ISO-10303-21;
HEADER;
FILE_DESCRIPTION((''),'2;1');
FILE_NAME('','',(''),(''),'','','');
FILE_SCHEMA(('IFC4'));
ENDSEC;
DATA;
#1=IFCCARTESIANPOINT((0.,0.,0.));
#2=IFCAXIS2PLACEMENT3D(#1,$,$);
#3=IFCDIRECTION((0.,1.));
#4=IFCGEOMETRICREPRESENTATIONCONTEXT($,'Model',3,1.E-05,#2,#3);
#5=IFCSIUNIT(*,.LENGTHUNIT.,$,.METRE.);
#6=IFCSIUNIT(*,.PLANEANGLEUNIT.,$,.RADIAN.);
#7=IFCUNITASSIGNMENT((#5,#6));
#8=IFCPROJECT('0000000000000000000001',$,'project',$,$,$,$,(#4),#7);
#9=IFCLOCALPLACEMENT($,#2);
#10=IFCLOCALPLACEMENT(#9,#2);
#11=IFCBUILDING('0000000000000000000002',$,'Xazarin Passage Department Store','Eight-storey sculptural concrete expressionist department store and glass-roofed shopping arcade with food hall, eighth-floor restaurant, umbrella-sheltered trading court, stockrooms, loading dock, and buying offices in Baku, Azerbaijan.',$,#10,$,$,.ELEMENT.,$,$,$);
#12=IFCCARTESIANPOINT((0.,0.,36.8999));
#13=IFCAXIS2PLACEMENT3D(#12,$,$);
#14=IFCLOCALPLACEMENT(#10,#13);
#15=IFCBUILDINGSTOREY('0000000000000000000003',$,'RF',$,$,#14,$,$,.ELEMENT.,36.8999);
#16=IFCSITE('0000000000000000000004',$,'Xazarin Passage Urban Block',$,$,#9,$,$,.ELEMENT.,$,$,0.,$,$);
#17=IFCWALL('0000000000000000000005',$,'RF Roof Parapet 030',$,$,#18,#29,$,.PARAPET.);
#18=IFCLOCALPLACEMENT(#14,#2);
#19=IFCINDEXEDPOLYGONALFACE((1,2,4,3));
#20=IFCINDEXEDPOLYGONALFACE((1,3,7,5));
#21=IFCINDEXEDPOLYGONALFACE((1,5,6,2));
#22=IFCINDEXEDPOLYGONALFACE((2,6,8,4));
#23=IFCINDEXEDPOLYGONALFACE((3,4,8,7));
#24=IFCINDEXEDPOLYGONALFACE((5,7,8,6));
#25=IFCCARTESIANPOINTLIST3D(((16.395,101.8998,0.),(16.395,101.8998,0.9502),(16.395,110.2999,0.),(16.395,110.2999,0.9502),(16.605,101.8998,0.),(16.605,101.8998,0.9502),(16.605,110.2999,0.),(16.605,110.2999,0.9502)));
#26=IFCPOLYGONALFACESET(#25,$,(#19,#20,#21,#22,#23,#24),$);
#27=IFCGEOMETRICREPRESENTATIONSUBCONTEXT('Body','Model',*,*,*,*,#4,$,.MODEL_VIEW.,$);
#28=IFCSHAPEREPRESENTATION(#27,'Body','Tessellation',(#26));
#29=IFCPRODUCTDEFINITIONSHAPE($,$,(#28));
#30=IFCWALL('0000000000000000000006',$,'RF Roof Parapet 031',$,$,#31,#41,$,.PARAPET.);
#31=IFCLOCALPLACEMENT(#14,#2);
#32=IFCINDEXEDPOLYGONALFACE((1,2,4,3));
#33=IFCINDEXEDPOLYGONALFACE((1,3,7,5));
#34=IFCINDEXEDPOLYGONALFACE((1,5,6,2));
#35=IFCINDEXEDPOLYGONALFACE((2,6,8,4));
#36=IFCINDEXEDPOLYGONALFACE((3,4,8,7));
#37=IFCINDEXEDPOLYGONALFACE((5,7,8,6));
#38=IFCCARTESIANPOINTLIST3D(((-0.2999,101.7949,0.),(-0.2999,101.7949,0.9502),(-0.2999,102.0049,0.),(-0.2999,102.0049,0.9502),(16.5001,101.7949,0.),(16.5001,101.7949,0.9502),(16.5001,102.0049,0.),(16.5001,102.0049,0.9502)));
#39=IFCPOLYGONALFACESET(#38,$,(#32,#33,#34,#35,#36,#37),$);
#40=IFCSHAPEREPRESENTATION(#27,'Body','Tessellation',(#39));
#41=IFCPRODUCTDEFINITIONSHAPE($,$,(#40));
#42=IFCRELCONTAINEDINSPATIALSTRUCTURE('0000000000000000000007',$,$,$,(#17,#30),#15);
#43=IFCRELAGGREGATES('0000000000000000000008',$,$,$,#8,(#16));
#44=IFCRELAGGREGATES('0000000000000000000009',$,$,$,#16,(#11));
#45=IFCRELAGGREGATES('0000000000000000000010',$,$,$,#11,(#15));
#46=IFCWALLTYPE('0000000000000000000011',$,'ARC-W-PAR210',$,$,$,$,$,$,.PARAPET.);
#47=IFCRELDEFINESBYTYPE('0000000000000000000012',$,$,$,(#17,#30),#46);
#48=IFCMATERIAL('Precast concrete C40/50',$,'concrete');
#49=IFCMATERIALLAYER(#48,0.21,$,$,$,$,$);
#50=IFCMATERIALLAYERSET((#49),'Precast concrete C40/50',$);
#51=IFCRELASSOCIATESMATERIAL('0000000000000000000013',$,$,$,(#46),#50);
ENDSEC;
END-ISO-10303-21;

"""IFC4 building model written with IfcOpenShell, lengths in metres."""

from ifc_helpers import new_model, si_unit, direction, frame, frame_2d, origin, place, context, subcontext, project, spatial, rectangle, extrude, material, layer, layer_set, type_object, element, save


model = new_model("IFC4")

# Units and contexts
model_context = context("Model", 3, precision=1e-05, world=origin(), true_north=direction((0.0, 1.0)))
body_context = subcontext(model_context, "Body", "Model", "MODEL_VIEW")
ifc_project = project(units=[si_unit("LENGTHUNIT", "METRE"), si_unit("PLANEANGLEUNIT", "RADIAN")], contexts=[model_context])

# Site, building, storey
site_placement = place(None, origin())
site = spatial("IfcSite", under=ifc_project, at=site_placement, Name="Xazarin Passage Urban Block", CompositionType="ELEMENT", RefElevation=0.0)
building_placement = place(site_placement, origin())
building = spatial("IfcBuilding", under=site, at=building_placement, Name="Xazarin Passage Department Store", Description="Eight-storey sculptural concrete expressionist department store and glass-roofed shopping arcade with food hall, eighth-floor restaurant, umbrella-sheltered trading court, stockrooms, loading dock, and buying offices in Baku, Azerbaijan.", CompositionType="ELEMENT")
storey_placement = place(building_placement, frame((0.0, 0.0, 36.8999)))
storey = spatial("IfcBuildingStorey", under=building, at=storey_placement, Name="RF", CompositionType="ELEMENT", Elevation=36.8999)

# Walls
ifc_material_1 = material(Name="Precast concrete C40/50", Category="concrete")
ifc_layer_1 = layer(ifc_material_1, 0.21)
ifc_layer_set_1 = layer_set([ifc_layer_1], Name="Precast concrete C40/50")
wall_type = type_object("IfcWallType", Name="ARC-W-PAR210", PredefinedType="PARAPET", material=ifc_layer_set_1)
wall_1_placement = place(storey_placement, frame((16.5, 110.3, 0.0), z_axis=(0.0, 0.0, 1.0), x_axis=(0.0, -1.0, 0.0)))
element("IfcWall", 1, at=wall_1_placement, inside=storey, type_object=wall_type, Name="RF Roof Parapet 030", PredefinedType="PARAPET", context=body_context, shape_type="SweptSolid", body=[
    extrude(rectangle(XDim=8.4001, YDim=0.21, at=frame_2d((4.2002, 0.0))), origin(), (0.0, 0.0, 1.0), 0.9502),
])
wall_2_placement = place(storey_placement, frame((16.5, 101.8999, 0.0), z_axis=(0.0, 0.0, 1.0), x_axis=(-1.0, 0.0, 0.0)))
element("IfcWall", 2, at=wall_2_placement, inside=storey, type_object=wall_type, Name="RF Roof Parapet 031", PredefinedType="PARAPET", context=body_context, shape_type="SweptSolid", body=[
    extrude(rectangle(XDim=16.8, YDim=0.21, at=frame_2d((8.3999, 0.0))), origin(), (0.0, 0.0, 1.0), 0.9502),
])

save(model, "model.ifc")
